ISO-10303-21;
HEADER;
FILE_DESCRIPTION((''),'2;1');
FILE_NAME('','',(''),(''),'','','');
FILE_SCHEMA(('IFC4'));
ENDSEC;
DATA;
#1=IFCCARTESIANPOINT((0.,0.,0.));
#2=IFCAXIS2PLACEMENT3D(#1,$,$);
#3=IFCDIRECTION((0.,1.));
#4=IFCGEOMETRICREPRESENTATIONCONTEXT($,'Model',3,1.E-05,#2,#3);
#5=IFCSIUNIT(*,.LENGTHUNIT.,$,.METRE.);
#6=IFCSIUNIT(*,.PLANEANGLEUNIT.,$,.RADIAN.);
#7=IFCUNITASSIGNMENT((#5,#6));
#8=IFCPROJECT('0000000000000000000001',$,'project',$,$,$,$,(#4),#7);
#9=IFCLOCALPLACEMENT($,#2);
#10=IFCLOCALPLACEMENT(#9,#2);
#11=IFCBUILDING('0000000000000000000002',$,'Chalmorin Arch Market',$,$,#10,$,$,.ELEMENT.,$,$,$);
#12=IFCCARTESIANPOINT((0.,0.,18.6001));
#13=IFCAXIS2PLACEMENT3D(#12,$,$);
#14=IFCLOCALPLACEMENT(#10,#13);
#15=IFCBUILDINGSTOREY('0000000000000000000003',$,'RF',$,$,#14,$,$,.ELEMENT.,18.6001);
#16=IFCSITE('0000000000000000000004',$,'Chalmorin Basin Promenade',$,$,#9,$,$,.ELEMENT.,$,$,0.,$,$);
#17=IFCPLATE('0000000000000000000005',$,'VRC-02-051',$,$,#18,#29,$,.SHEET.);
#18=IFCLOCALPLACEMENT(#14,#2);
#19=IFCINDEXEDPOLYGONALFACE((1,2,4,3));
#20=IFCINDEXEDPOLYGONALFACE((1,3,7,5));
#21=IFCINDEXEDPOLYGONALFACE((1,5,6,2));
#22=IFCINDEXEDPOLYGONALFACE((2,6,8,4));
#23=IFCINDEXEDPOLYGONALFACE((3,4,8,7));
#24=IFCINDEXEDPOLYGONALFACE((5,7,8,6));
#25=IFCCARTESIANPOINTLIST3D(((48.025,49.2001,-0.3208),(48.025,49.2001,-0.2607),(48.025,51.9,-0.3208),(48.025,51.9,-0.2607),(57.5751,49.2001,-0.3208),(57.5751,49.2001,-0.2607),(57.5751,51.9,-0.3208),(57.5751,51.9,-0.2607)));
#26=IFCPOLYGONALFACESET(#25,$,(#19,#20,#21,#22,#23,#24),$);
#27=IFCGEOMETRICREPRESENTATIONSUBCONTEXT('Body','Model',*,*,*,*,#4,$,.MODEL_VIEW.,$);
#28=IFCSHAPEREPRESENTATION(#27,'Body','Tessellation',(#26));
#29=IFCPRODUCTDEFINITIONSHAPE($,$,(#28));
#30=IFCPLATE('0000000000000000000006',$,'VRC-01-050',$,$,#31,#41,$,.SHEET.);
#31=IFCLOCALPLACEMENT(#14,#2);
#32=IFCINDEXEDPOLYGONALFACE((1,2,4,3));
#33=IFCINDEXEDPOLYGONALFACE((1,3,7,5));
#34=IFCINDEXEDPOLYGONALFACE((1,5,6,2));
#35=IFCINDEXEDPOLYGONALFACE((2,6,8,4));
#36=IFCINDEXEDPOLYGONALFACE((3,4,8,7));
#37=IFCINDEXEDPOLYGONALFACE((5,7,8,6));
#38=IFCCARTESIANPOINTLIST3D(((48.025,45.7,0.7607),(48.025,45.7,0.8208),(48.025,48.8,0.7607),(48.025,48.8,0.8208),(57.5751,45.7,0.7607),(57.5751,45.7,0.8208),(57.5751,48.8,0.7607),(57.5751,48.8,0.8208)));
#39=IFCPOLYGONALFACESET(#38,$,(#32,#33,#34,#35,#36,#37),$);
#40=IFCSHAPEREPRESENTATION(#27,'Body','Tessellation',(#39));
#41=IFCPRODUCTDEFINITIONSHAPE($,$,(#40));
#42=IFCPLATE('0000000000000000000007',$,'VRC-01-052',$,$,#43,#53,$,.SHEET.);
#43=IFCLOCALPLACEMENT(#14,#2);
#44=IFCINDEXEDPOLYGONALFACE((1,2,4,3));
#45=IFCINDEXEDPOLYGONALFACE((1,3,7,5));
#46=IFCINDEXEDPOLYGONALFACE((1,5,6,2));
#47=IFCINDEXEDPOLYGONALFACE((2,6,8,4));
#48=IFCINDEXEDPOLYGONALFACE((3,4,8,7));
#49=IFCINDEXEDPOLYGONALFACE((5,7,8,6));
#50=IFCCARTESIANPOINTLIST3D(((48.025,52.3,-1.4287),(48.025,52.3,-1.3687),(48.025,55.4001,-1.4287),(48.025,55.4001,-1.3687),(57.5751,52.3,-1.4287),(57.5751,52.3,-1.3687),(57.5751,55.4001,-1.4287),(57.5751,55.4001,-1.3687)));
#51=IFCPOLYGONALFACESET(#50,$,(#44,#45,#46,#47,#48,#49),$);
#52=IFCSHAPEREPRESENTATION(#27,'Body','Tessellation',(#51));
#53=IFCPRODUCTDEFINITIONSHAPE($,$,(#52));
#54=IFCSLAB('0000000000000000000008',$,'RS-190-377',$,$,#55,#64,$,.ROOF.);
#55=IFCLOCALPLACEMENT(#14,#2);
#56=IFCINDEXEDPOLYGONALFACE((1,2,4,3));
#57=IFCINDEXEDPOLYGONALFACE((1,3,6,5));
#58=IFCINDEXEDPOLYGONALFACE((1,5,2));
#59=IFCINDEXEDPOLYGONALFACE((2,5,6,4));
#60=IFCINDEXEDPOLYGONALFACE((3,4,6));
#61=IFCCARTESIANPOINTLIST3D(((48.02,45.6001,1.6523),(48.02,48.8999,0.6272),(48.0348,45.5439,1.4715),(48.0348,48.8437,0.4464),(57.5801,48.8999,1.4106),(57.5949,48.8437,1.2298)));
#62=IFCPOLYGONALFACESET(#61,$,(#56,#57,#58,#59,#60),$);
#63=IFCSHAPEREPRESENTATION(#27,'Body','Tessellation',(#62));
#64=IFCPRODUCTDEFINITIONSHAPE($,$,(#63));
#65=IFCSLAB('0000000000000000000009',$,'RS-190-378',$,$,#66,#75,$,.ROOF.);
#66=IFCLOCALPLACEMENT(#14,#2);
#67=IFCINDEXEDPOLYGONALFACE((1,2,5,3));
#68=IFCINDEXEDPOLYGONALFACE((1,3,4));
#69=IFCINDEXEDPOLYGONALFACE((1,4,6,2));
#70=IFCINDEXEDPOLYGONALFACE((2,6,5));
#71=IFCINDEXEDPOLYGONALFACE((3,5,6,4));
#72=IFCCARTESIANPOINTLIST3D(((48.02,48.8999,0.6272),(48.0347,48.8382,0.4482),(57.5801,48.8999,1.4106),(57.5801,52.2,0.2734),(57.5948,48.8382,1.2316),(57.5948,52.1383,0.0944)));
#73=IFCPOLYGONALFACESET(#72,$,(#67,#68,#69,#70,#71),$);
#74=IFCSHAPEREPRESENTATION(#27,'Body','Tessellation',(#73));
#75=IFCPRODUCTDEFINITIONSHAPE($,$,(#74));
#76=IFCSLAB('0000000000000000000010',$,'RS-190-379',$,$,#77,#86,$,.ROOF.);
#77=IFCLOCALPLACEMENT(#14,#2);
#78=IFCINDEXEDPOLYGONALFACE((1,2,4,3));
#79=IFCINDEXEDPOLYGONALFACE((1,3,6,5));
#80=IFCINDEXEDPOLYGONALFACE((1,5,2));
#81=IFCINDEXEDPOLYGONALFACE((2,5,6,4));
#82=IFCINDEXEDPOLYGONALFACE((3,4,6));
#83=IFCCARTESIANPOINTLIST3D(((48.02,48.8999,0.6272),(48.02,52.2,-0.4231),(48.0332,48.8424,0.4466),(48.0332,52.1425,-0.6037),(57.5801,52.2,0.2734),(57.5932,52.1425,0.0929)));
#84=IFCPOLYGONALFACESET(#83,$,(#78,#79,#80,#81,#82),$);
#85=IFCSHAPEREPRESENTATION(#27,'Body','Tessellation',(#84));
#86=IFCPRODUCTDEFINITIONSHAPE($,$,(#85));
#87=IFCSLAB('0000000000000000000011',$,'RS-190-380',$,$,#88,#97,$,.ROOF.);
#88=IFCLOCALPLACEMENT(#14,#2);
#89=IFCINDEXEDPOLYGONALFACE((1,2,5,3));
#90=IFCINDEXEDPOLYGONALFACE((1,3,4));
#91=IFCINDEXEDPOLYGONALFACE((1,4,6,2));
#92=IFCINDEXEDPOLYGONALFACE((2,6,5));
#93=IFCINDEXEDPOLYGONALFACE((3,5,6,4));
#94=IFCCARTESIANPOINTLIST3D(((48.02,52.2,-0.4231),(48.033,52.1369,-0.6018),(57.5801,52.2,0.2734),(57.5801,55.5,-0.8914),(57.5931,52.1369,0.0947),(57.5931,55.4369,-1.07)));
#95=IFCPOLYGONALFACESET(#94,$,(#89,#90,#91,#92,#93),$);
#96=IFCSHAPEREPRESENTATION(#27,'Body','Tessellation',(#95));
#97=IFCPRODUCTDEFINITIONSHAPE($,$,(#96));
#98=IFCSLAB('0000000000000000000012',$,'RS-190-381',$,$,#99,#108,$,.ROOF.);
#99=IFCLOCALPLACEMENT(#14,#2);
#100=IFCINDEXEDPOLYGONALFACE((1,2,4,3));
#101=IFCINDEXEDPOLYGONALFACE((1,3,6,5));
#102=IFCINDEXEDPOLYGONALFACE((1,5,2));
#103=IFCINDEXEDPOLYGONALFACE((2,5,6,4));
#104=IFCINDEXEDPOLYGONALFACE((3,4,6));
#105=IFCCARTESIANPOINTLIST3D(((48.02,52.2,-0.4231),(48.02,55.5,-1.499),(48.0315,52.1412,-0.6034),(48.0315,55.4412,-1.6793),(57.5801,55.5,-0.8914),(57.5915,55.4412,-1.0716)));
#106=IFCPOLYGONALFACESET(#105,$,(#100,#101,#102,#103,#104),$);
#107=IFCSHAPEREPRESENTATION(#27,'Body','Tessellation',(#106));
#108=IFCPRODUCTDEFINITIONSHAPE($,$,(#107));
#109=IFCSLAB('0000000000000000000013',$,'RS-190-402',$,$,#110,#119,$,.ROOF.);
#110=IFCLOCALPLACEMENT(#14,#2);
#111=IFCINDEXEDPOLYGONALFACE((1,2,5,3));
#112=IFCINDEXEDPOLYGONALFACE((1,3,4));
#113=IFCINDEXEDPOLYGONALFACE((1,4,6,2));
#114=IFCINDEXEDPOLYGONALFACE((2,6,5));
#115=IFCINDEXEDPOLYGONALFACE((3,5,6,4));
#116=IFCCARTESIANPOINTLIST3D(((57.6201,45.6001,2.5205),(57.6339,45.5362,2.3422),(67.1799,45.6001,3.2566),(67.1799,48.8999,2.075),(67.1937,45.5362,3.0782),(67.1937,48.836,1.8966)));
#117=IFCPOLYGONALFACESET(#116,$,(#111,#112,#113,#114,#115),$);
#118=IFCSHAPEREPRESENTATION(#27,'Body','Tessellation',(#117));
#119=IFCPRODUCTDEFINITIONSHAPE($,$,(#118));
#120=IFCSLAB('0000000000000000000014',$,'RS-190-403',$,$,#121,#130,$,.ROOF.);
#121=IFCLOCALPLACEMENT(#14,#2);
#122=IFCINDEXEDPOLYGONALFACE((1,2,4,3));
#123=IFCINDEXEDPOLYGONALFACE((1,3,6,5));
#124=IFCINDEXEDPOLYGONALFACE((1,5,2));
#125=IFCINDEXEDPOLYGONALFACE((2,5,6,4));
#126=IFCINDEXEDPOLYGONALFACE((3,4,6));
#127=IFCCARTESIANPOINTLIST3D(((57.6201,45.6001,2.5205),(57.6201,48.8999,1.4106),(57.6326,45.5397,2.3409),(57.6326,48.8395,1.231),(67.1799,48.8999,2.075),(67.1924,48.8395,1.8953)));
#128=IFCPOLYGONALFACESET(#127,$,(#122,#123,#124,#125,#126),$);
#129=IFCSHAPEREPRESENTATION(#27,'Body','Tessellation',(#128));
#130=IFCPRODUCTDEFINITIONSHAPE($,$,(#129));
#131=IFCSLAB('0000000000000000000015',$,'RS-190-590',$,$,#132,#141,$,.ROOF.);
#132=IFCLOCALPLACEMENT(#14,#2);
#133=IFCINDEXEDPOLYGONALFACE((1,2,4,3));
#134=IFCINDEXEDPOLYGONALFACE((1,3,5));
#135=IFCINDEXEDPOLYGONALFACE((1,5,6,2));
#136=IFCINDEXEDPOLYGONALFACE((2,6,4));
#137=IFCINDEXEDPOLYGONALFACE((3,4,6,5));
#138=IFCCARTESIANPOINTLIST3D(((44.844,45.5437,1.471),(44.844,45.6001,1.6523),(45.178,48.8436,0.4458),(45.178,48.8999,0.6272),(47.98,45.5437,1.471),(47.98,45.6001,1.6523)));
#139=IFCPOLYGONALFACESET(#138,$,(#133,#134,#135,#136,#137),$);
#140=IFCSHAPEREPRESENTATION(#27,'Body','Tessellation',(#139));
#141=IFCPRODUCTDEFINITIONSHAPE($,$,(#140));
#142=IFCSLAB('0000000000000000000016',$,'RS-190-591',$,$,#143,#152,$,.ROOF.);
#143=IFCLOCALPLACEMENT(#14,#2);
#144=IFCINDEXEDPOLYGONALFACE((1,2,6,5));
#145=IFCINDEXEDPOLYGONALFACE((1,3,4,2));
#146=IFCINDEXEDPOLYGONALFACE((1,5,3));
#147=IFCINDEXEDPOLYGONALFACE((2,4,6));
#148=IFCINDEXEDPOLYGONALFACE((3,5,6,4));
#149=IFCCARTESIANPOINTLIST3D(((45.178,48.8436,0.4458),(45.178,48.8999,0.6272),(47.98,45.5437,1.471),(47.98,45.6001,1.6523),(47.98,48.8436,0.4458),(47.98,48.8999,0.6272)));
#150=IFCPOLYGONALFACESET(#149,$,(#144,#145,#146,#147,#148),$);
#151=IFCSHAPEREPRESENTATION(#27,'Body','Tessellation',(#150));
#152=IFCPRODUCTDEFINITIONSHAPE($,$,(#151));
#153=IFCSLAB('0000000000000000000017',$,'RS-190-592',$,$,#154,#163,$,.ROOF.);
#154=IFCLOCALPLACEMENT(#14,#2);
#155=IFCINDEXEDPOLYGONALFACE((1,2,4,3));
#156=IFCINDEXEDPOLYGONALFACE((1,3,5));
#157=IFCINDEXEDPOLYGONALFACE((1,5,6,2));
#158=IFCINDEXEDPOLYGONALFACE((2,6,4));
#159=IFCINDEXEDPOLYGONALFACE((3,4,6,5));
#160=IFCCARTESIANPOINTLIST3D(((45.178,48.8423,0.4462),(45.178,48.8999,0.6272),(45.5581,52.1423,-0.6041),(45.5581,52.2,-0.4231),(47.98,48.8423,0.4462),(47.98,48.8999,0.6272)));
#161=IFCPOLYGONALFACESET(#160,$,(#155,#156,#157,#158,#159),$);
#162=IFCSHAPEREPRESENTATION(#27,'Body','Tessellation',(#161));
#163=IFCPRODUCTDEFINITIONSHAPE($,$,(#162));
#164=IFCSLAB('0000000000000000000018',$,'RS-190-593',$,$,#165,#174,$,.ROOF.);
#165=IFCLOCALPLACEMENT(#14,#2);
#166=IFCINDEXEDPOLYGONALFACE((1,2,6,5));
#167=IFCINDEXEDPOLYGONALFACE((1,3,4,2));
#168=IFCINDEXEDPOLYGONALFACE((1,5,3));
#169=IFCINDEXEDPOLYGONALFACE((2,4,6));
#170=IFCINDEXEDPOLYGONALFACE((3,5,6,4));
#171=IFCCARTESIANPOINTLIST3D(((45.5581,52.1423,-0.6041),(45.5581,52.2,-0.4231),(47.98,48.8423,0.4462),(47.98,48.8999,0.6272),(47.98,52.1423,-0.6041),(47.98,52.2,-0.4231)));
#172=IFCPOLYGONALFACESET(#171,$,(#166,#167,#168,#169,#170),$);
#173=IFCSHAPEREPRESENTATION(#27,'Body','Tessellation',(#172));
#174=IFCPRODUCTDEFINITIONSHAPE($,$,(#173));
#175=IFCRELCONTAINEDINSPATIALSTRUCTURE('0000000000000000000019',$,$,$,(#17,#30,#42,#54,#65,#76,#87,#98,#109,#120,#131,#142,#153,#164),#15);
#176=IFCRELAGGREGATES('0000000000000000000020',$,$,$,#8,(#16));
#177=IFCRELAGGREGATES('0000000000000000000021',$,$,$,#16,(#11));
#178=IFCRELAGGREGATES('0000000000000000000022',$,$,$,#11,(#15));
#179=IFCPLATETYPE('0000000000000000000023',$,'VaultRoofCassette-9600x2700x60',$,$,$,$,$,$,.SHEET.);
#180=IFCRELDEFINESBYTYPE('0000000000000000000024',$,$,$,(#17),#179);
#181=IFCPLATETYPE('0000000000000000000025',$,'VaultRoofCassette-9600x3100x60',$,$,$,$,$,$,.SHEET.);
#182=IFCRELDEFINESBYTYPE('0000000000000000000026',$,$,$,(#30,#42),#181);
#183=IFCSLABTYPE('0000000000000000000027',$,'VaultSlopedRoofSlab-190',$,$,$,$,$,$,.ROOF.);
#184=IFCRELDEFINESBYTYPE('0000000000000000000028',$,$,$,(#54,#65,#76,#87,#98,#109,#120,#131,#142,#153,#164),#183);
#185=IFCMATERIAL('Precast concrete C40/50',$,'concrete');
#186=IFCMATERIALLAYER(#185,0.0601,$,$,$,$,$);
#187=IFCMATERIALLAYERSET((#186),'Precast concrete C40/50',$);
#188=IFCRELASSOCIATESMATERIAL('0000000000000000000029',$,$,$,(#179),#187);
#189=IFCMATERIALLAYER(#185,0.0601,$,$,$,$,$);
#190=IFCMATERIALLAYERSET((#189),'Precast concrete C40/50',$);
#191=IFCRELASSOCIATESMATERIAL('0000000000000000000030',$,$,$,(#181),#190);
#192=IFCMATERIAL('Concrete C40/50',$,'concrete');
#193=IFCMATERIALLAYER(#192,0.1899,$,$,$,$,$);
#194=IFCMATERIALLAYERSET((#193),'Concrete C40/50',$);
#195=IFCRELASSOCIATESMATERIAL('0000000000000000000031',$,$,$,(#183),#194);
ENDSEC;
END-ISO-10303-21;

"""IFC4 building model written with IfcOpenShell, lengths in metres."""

from ifc_helpers import new_model, si_unit, direction, frame, origin, origin_2d, place, context, subcontext, project, spatial, polyline, rectangle, outline, extrude, material, layer, layer_set, type_object, element, save


model = new_model("IFC4")

# Units and contexts
model_context = context("Model", 3, precision=1e-05, world=origin(), true_north=direction((0.0, 1.0)))
body_context = subcontext(model_context, "Body", "Model", "MODEL_VIEW")
ifc_project = project(units=[si_unit("LENGTHUNIT", "METRE"), si_unit("PLANEANGLEUNIT", "RADIAN")], contexts=[model_context])

# Site, building, storey
site_placement = place(None, origin())
site = spatial("IfcSite", under=ifc_project, at=site_placement, Name="Chalmorin Basin Promenade", CompositionType="ELEMENT", RefElevation=0.0)
building_placement = place(site_placement, origin())
building = spatial("IfcBuilding", under=site, at=building_placement, Name="Chalmorin Arch Market", CompositionType="ELEMENT")
storey_placement = place(building_placement, frame((0.0, 0.0, 18.6001)))
storey = spatial("IfcBuildingStorey", under=building, at=storey_placement, Name="RF", CompositionType="ELEMENT", Elevation=18.6001)

# Plates
ifc_material_1 = material(Name="Precast concrete C40/50", Category="concrete")
ifc_layer_1 = layer(ifc_material_1, 0.0601)
ifc_layer_set_1 = layer_set([ifc_layer_1], Name="Precast concrete C40/50")
plate_type_1 = type_object("IfcPlateType", Name="VaultRoofCassette-9600x2700x60", PredefinedType="SHEET", material=ifc_layer_set_1)
plate_placement = place(storey_placement, frame((52.8, 50.55, -0.3208), z_axis=(0.0, 0.0, 1.0), x_axis=(1.0, 0.0, 0.0)))
element("IfcPlate", 1, at=plate_placement, inside=storey, type_object=plate_type_1, Name="VRC-02-051", PredefinedType="SHEET", context=body_context, shape_type="SweptSolid", body=[
    extrude(rectangle(XDim=9.55, YDim=2.7, at=origin_2d()), origin(), (0.0, 0.0, 1.0), 0.0601),
])
ifc_layer_2 = layer(ifc_material_1, 0.0601)
ifc_layer_set_2 = layer_set([ifc_layer_2], Name="Precast concrete C40/50")
plate_type_2 = type_object("IfcPlateType", Name="VaultRoofCassette-9600x3100x60", PredefinedType="SHEET", material=ifc_layer_set_2)
for number, where, z_axis, x_axis, name in (
    (2, (52.8, 47.25, 0.7607), (0.0, 0.0, 1.0), (1.0, 0.0, 0.0), "VRC-01-050"),
    (3, (52.8, 53.8501, -1.4287), (0.0, 0.0, 1.0), (1.0, 0.0, 0.0), "VRC-01-052"),
):
    element("IfcPlate", number, at=place(storey_placement, frame(where, z_axis=z_axis, x_axis=x_axis)), inside=storey, type_object=plate_type_2, Name=name, PredefinedType="SHEET", context=body_context, shape_type="SweptSolid", body=[
        extrude(rectangle(XDim=9.55, YDim=3.1001, at=origin_2d()), origin(), (0.0, 0.0, 1.0), 0.0601),
    ])

# Slabs
ifc_material_2 = material(Name="Concrete C40/50", Category="concrete")
ifc_layer_3 = layer(ifc_material_2, 0.1899)
ifc_layer_set_3 = layer_set([ifc_layer_3], Name="Concrete C40/50")
slab_type = type_object("IfcSlabType", Name="VaultSlopedRoofSlab-190", PredefinedType="ROOF", material=ifc_layer_set_3)
slab_1_placement = place(storey_placement, frame((48.02, 45.6001, 1.6523), z_axis=(-0.078022, 0.295777, 0.952065), x_axis=(0.945005, 0.326183, -0.023892)))
element("IfcSlab", 4, at=slab_1_placement, inside=storey, type_object=slab_type, Name="RS-190-377", PredefinedType="ROOF", context=body_context, shape_type="SweptSolid", body=[
    extrude(outline(polyline([(0.0, 0.0), (10.1164, 0.0), (1.1008, 3.2753), (0.0, 0.0)])), origin(), (0.0, 0.0, -1.0), 0.1899),
])
slab_2_placement = place(storey_placement, frame((48.02, 48.8999, 0.6272), z_axis=(-0.077247, 0.324827, 0.942613), x_axis=(0.996659, 0.0, 0.081676)))
element("IfcSlab", 5, at=slab_2_placement, inside=storey, type_object=slab_type, Name="RS-190-378", PredefinedType="ROOF", context=body_context, shape_type="SweptSolid", body=[
    extrude(outline(polyline([(0.0, 0.0), (9.5921, 0.0), (9.4992, 3.4893), (0.0, 0.0)])), origin(), (0.0, 0.0, -1.0), 0.1899),
])
slab_3_placement = place(storey_placement, frame((48.02, 48.8999, 0.6272), z_axis=(-0.069261, 0.302548, 0.950614), x_axis=(0.944689, 0.326098, -0.034957)))
element("IfcSlab", 6, at=slab_3_placement, inside=storey, type_object=slab_type, Name="RS-190-379", PredefinedType="ROOF", context=body_context, shape_type="SweptSolid", body=[
    extrude(outline(polyline([(0.0, 0.0), (10.1198, 0.0), (1.1129, 3.2795), (0.0, 0.0)])), origin(), (0.0, 0.0, -1.0), 0.1899),
])
slab_4_placement = place(storey_placement, frame((48.02, 52.2, -0.4231), z_axis=(-0.068543, 0.332056, 0.940766), x_axis=(0.997356, 0.0, 0.072666)))
element("IfcSlab", 7, at=slab_4_placement, inside=storey, type_object=slab_type, Name="RS-190-380", PredefinedType="ROOF", context=body_context, shape_type="SweptSolid", body=[
    extrude(outline(polyline([(0.0, 0.0), (9.5854, 0.0), (9.5008, 3.4986), (0.0, 0.0)])), origin(), (0.0, 0.0, -1.0), 0.1899),
])
slab_5_placement = place(storey_placement, frame((48.02, 52.2, -0.4231), z_axis=(-0.060322, 0.309411, 0.949013), x_axis=(0.944255, 0.325949, -0.046251)))
element("IfcSlab", 8, at=slab_5_placement, inside=storey, type_object=slab_type, Name="RS-190-381", PredefinedType="ROOF", context=body_context, shape_type="SweptSolid", body=[
    extrude(outline(polyline([(0.0, 0.0), (10.1244, 0.0), (1.1254, 3.2835), (0.0, 0.0)])), origin(), (0.0, 0.0, -1.0), 0.1899),
])
slab_6_placement = place(storey_placement, frame((57.6201, 45.6001, 2.5205), z_axis=(-0.0723, 0.336248, 0.938994), x_axis=(0.997049, 0.0, 0.07677)))
element("IfcSlab", 9, at=slab_6_placement, inside=storey, type_object=slab_type, Name="RS-190-402", PredefinedType="ROOF", context=body_context, shape_type="SweptSolid", body=[
    extrude(outline(polyline([(0.0, 0.0), (9.5881, 0.0), (9.4974, 3.5038), (0.0, 0.0)])), origin(), (0.0, 0.0, -1.0), 0.1899),
])
slab_7_placement = place(storey_placement, frame((57.6201, 45.6001, 2.5205), z_axis=(-0.065721, 0.318104, 0.945775), x_axis=(0.944356, 0.325968, -0.044014)))
element("IfcSlab", 10, at=slab_7_placement, inside=storey, type_object=slab_type, Name="RS-190-403", PredefinedType="ROOF", context=body_context, shape_type="SweptSolid", body=[
    extrude(outline(polyline([(0.0, 0.0), (10.1231, 0.0), (1.1245, 3.2949), (0.0, 0.0)])), origin(), (0.0, 0.0, -1.0), 0.1899),
])
slab_8_placement = place(storey_placement, frame((45.178, 48.8999, 0.6272), z_axis=(0.0, 0.296681, 0.954977), x_axis=(-0.096208, -0.950547, 0.295305)))
element("IfcSlab", 11, at=slab_8_placement, inside=storey, type_object=slab_type, Name="RS-190-590", PredefinedType="ROOF", context=body_context, shape_type="SweptSolid", body=[
    extrude(outline(polyline([(0.0, 0.0), (3.4715, 0.0), (3.1698, 3.1214), (0.0, 0.0)])), origin(), (0.0, 0.0, -1.0), 0.1899),
])
slab_9_placement = place(storey_placement, frame((47.98, 48.8999, 0.6272), z_axis=(0.0, 0.296681, 0.954977), x_axis=(-1.0, 0.0, 0.0)))
element("IfcSlab", 12, at=slab_9_placement, inside=storey, type_object=slab_type, Name="RS-190-591", PredefinedType="ROOF", context=body_context, shape_type="SweptSolid", body=[
    extrude(outline(polyline([(0.0, 0.0), (2.802, 0.0), (0.0, 3.4554), (0.0, 0.0)])), origin(), (0.0, 0.0, -1.0), 0.1899),
])
slab_10_placement = place(storey_placement, frame((45.5581, 52.2, -0.4231), z_axis=(0.0, 0.303276, 0.952903), x_axis=(-0.109108, -0.947214, 0.301466)))
element("IfcSlab", 13, at=slab_10_placement, inside=storey, type_object=slab_type, Name="RS-190-592", PredefinedType="ROOF", context=body_context, shape_type="SweptSolid", body=[
    extrude(outline(polyline([(0.0, 0.0), (3.484, 0.0), (3.1782, 2.7853), (0.0, 0.0)])), origin(), (0.0, 0.0, -1.0), 0.1899),
])
slab_11_placement = place(storey_placement, frame((47.98, 52.2, -0.4231), z_axis=(0.0, 0.303276, 0.952903), x_axis=(-1.0, 0.0, 0.0)))
element("IfcSlab", 14, at=slab_11_placement, inside=storey, type_object=slab_type, Name="RS-190-593", PredefinedType="ROOF", context=body_context, shape_type="SweptSolid", body=[
    extrude(outline(polyline([(0.0, 0.0), (2.4219, 0.0), (0.0, 3.4632), (0.0, 0.0)])), origin(), (0.0, 0.0, -1.0), 0.1899),
])

save(model, "model.ifc")
